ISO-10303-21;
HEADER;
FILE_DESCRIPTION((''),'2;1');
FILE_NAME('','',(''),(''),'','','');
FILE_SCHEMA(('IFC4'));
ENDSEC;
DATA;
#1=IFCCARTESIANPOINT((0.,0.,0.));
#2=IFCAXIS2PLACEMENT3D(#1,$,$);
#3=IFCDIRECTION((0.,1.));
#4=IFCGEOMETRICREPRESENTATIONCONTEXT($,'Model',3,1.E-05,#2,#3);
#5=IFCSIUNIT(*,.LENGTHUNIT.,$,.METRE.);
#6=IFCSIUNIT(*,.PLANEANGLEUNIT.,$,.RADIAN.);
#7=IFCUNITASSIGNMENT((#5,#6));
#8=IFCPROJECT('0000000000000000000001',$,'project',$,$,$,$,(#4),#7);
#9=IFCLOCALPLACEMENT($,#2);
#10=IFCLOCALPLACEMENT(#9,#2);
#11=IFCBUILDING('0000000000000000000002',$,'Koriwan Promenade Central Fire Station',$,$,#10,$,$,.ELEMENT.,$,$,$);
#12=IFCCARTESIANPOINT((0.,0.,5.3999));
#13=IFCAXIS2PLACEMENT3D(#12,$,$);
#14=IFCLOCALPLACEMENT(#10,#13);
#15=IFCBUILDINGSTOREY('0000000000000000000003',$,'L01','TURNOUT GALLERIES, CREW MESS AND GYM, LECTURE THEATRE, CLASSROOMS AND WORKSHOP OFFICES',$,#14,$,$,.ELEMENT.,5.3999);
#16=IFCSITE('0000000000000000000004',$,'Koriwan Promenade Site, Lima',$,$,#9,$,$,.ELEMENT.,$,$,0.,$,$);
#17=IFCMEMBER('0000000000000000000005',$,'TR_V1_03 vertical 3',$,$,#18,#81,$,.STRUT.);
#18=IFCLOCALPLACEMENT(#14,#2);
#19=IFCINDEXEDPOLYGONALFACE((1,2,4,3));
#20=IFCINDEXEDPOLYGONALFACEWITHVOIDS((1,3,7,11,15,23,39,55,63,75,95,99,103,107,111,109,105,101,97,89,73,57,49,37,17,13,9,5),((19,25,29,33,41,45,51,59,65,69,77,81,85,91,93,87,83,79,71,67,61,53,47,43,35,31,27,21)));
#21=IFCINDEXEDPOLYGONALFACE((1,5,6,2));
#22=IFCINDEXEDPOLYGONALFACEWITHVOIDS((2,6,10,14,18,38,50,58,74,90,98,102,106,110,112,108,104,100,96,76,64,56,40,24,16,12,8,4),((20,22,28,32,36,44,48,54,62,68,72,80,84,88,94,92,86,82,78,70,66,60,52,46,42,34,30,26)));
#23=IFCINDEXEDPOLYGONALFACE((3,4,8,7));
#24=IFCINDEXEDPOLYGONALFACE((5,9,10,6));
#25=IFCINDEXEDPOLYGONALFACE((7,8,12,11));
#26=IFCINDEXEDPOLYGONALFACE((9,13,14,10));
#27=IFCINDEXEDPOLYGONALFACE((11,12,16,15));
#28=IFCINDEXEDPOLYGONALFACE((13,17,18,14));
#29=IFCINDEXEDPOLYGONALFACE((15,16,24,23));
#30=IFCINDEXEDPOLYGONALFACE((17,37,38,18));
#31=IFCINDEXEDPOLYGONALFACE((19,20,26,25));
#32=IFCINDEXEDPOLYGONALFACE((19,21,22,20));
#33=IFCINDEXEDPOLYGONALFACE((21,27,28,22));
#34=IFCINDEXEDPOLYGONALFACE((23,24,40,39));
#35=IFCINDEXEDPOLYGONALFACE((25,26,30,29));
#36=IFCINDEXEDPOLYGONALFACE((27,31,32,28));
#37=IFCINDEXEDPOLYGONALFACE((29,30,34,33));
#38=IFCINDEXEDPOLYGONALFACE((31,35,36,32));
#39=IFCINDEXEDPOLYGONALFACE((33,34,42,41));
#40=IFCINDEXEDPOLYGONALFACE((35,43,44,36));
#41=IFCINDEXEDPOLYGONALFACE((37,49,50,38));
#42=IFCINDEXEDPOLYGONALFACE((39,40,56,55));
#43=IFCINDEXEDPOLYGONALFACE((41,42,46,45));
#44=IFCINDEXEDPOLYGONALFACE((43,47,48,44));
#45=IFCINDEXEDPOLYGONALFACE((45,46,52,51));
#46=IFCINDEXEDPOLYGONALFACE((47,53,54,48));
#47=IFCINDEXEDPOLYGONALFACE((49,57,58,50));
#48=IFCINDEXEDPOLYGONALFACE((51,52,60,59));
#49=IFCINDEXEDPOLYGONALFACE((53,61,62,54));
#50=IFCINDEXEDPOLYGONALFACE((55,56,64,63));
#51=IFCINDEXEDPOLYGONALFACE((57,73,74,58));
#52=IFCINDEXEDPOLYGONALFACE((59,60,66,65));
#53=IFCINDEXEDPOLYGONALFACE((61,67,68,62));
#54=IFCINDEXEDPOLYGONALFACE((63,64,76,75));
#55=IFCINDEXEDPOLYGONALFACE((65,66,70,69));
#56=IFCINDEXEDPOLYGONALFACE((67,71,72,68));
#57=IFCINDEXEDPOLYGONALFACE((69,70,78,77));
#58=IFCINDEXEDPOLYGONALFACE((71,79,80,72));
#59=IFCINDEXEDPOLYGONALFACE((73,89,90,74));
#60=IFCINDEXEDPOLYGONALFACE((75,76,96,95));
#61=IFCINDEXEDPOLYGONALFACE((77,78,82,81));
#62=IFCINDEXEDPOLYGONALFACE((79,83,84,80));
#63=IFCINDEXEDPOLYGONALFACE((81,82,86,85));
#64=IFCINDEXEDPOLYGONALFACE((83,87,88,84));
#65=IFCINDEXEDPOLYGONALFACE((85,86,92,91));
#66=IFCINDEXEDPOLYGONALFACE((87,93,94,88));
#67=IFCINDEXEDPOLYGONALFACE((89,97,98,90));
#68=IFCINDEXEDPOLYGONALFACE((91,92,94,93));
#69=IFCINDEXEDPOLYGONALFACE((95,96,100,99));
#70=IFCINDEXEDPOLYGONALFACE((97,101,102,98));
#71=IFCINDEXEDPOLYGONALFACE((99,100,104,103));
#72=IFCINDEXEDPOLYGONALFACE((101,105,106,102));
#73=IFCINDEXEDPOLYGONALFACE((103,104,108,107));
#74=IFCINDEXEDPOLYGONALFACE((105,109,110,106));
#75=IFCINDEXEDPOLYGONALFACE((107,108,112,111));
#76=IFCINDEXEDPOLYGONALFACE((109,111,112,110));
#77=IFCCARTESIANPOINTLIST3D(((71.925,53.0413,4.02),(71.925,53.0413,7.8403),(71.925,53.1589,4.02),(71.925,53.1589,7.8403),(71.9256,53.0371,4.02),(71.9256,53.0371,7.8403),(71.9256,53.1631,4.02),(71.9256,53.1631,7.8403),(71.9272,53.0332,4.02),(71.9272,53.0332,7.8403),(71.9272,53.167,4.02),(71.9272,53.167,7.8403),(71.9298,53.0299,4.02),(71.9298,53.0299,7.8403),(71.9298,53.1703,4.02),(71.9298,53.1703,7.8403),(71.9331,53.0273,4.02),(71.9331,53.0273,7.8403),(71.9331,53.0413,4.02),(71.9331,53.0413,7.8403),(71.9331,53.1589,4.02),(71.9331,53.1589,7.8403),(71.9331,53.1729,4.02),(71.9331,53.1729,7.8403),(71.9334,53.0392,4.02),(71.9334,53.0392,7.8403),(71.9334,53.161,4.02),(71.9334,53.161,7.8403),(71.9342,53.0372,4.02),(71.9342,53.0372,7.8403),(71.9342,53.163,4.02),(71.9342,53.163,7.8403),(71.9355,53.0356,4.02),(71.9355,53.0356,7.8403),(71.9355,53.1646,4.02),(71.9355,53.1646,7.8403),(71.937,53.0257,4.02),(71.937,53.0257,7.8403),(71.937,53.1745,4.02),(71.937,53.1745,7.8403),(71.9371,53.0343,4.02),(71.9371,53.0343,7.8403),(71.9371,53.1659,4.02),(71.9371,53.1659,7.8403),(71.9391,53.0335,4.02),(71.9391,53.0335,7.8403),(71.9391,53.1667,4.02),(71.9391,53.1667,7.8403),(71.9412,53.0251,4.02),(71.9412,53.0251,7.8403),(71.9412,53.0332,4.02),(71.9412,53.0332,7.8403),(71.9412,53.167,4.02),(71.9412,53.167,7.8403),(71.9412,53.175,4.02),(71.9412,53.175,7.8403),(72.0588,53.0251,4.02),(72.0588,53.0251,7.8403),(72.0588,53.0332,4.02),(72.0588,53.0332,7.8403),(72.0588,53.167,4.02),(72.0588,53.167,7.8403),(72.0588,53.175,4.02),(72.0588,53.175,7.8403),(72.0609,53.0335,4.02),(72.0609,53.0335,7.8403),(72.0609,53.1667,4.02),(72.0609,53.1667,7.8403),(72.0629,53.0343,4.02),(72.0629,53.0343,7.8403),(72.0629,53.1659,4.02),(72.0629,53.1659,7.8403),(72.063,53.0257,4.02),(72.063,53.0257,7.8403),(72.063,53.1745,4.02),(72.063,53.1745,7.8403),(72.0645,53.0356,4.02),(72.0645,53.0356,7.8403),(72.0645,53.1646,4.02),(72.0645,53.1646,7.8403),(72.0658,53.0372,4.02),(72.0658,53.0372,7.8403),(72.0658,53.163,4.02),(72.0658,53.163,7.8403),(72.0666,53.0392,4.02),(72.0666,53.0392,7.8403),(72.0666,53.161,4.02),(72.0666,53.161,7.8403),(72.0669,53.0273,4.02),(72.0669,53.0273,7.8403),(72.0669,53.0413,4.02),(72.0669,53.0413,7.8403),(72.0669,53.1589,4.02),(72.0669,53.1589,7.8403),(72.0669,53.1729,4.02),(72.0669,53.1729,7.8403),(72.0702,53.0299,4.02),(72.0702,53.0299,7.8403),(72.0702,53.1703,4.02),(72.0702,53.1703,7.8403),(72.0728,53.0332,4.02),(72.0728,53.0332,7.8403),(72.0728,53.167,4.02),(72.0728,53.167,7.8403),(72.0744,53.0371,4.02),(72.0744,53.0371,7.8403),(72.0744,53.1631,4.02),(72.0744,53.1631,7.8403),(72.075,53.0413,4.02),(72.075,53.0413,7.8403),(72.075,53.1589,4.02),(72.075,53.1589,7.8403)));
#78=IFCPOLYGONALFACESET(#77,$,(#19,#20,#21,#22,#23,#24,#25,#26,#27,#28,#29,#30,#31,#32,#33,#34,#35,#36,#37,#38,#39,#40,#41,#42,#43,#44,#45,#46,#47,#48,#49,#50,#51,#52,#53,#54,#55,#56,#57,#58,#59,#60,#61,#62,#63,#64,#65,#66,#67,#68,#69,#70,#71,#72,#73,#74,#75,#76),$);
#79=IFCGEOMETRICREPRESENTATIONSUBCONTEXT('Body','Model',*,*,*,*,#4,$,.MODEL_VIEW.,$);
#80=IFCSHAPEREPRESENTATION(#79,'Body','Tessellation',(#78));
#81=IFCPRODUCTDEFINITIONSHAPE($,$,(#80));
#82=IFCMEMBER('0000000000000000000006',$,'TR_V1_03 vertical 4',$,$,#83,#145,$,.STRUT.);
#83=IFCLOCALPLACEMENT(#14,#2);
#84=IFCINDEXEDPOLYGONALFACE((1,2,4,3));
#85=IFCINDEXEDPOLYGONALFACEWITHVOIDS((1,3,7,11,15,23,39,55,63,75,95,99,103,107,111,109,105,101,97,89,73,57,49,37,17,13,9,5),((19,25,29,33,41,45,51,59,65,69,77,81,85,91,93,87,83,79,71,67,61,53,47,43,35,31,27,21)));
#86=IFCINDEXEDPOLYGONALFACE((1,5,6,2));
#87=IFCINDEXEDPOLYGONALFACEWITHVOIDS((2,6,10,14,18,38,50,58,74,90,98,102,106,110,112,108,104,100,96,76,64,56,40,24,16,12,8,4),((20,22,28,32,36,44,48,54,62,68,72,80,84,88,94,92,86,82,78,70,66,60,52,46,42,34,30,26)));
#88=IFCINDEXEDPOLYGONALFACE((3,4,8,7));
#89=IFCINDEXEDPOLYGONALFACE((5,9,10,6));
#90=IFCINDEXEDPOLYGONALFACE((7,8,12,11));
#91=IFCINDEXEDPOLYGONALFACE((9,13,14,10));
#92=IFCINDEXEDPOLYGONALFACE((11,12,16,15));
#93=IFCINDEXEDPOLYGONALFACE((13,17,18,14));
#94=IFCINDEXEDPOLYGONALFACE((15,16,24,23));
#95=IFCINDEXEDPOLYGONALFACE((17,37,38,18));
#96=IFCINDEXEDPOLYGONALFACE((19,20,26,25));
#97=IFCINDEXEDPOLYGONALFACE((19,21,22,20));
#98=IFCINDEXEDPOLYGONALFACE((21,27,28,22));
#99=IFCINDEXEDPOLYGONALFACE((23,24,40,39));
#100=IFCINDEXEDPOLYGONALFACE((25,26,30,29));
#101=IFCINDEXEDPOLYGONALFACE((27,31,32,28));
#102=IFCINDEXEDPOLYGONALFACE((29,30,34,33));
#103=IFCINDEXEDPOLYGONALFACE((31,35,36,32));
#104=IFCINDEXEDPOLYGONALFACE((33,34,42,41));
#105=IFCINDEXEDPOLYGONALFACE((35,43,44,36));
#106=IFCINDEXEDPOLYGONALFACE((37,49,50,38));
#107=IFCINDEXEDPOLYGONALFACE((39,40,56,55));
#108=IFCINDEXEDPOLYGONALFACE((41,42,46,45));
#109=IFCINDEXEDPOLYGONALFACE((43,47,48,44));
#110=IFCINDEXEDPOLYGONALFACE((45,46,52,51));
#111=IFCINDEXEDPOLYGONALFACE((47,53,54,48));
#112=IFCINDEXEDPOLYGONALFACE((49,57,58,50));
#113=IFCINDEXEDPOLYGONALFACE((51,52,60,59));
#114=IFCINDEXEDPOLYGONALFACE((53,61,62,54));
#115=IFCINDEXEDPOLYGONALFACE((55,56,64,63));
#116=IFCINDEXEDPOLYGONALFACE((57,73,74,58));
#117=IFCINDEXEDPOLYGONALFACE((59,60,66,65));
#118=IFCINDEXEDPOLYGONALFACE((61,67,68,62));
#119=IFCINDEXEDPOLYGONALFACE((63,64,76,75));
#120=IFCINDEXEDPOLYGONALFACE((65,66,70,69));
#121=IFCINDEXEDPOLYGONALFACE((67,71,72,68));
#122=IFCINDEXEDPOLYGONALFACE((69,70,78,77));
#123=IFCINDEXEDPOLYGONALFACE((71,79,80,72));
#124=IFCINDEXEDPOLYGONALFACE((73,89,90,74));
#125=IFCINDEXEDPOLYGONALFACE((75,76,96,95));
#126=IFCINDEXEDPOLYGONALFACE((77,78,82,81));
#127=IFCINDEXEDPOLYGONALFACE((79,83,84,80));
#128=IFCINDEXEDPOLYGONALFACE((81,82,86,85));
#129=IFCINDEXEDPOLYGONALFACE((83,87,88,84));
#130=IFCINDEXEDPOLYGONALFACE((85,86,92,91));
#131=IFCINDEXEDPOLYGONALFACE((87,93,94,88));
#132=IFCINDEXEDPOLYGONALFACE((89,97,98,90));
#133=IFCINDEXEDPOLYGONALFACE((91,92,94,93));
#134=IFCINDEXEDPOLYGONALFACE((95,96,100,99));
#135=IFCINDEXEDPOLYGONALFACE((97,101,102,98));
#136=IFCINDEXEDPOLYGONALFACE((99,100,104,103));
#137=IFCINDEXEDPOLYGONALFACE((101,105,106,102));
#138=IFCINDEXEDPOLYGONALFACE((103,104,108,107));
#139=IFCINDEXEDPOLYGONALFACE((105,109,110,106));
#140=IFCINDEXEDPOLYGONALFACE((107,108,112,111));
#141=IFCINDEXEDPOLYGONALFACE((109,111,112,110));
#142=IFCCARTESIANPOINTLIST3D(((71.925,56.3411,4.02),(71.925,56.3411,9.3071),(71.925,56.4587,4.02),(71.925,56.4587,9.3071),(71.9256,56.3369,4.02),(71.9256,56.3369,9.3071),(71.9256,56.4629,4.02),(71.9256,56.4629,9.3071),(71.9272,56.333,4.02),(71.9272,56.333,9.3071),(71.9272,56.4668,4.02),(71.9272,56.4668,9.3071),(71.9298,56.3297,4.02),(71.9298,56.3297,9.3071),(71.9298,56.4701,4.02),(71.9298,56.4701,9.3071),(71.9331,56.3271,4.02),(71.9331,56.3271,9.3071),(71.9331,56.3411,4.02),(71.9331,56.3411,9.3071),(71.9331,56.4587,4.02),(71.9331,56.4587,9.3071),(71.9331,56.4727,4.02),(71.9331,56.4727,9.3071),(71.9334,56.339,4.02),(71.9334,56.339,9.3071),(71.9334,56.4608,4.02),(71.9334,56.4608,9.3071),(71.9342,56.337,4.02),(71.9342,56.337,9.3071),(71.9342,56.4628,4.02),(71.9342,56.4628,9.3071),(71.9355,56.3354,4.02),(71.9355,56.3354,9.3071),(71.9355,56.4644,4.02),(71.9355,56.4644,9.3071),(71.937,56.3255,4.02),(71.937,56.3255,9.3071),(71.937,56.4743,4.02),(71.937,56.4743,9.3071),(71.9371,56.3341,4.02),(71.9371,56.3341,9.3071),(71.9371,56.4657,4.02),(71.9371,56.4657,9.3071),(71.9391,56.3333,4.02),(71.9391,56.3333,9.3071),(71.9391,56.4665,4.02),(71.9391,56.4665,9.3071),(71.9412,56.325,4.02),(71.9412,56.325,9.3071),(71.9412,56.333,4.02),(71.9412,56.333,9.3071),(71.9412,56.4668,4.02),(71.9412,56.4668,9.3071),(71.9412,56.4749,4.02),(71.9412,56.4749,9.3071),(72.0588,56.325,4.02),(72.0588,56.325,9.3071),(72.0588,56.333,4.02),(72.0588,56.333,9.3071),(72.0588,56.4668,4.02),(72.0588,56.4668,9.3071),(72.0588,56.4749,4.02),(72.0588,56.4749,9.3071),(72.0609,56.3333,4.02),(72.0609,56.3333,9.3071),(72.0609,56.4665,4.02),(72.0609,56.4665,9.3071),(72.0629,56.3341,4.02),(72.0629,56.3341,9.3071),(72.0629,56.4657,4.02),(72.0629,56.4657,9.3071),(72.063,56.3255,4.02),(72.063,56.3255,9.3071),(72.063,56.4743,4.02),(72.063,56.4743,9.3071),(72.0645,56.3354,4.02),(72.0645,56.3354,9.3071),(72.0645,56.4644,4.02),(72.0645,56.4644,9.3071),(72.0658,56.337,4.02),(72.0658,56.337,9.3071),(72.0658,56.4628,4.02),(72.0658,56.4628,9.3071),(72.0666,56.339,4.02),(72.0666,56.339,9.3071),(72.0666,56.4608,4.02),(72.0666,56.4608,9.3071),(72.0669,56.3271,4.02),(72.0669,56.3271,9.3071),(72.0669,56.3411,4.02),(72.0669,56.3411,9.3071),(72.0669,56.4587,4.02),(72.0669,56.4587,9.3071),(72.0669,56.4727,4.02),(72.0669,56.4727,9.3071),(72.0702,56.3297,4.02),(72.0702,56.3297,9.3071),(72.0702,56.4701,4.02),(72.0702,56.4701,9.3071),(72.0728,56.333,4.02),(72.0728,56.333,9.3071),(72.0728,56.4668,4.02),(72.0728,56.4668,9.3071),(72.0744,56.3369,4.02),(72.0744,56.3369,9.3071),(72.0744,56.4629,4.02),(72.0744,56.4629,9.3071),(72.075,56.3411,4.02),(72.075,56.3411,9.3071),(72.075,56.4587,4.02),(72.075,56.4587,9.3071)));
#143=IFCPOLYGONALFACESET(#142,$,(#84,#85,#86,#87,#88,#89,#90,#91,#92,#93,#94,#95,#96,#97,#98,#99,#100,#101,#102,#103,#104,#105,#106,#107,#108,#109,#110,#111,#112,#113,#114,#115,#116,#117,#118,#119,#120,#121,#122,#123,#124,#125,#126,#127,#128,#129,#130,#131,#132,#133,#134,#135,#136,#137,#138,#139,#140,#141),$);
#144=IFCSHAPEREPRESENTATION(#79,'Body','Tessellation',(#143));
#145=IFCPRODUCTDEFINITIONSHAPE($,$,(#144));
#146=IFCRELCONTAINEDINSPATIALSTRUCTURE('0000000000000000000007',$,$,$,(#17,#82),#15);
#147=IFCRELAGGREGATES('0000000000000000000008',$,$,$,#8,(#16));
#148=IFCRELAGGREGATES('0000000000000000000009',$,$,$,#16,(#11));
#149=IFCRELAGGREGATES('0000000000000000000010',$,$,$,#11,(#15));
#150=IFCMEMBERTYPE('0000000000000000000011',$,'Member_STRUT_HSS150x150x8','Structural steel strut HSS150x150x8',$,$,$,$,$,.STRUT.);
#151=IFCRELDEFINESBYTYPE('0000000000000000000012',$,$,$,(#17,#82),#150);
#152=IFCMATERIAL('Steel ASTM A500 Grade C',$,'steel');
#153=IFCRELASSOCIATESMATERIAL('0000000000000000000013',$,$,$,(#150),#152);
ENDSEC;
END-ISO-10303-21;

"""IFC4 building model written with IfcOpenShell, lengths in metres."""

from ifc_helpers import new_model, si_unit, direction, frame, origin, origin_2d, place, context, subcontext, project, spatial, hollow_rectangle, extrude, material, material_profile, profile_set, type_object, element, save


model = new_model("IFC4")

# Units and contexts
model_context = context("Model", 3, precision=1e-05, world=origin(), true_north=direction((0.0, 1.0)))
body_context = subcontext(model_context, "Body", "Model", "MODEL_VIEW")
ifc_project = project(units=[si_unit("LENGTHUNIT", "METRE"), si_unit("PLANEANGLEUNIT", "RADIAN")], contexts=[model_context])

# Site, building, storey
site_placement = place(None, origin())
site = spatial("IfcSite", under=ifc_project, at=site_placement, Name="Koriwan Promenade Site, Lima", CompositionType="ELEMENT", RefElevation=0.0)
building_placement = place(site_placement, origin())
building = spatial("IfcBuilding", under=site, at=building_placement, Name="Koriwan Promenade Central Fire Station", CompositionType="ELEMENT")
storey_placement = place(building_placement, frame((0.0, 0.0, 5.3999)))
storey = spatial("IfcBuildingStorey", under=building, at=storey_placement, Name="L01", Description="TURNOUT GALLERIES, CREW MESS AND GYM, LECTURE THEATRE, CLASSROOMS AND WORKSHOP OFFICES", CompositionType="ELEMENT", Elevation=5.3999)

# Members
ifc_material_1 = material(Name="Steel ASTM A500 Grade C", Category="steel")
ifc_material_profile_1 = material_profile(ifc_material_1, hollow_rectangle(XDim=0.1499, YDim=0.1499, WallThickness=0.0081, InnerFilletRadius=0.0081, OuterFilletRadius=0.0161, at=origin_2d()), Name="HSS150x150x8")
ifc_profile_set_1 = profile_set([ifc_material_profile_1], Name="Steel ASTM A500 Grade C")
member_type = type_object("IfcMemberType", Name="Member_STRUT_HSS150x150x8", Description="Structural steel strut HSS150x150x8", PredefinedType="STRUT", material=ifc_profile_set_1)
member_1_placement = place(storey_placement, frame((72.0, 53.1001, 4.02), z_axis=(0.0, 0.0, 1.0), x_axis=(1.0, 0.0, 0.0)))
element("IfcMember", 1, at=member_1_placement, inside=storey, type_object=member_type, Name="TR_V1_03 vertical 3", PredefinedType="STRUT", context=body_context, shape_type="SweptSolid", body=[
    extrude(hollow_rectangle(XDim=0.1499, YDim=0.1499, WallThickness=0.0081, InnerFilletRadius=0.0081, OuterFilletRadius=0.0161, at=origin_2d()), origin(), (0.0, 0.0, 1.0), 3.8203),
])
member_2_placement = place(storey_placement, frame((72.0, 56.3999, 4.02), z_axis=(0.0, 0.0, 1.0), x_axis=(1.0, 0.0, 0.0)))
element("IfcMember", 2, at=member_2_placement, inside=storey, type_object=member_type, Name="TR_V1_03 vertical 4", PredefinedType="STRUT", context=body_context, shape_type="SweptSolid", body=[
    extrude(hollow_rectangle(XDim=0.1499, YDim=0.1499, WallThickness=0.0081, InnerFilletRadius=0.0081, OuterFilletRadius=0.0161, at=origin_2d()), origin(), (0.0, 0.0, 1.0), 5.2871),
])

save(model, "model.ifc")
